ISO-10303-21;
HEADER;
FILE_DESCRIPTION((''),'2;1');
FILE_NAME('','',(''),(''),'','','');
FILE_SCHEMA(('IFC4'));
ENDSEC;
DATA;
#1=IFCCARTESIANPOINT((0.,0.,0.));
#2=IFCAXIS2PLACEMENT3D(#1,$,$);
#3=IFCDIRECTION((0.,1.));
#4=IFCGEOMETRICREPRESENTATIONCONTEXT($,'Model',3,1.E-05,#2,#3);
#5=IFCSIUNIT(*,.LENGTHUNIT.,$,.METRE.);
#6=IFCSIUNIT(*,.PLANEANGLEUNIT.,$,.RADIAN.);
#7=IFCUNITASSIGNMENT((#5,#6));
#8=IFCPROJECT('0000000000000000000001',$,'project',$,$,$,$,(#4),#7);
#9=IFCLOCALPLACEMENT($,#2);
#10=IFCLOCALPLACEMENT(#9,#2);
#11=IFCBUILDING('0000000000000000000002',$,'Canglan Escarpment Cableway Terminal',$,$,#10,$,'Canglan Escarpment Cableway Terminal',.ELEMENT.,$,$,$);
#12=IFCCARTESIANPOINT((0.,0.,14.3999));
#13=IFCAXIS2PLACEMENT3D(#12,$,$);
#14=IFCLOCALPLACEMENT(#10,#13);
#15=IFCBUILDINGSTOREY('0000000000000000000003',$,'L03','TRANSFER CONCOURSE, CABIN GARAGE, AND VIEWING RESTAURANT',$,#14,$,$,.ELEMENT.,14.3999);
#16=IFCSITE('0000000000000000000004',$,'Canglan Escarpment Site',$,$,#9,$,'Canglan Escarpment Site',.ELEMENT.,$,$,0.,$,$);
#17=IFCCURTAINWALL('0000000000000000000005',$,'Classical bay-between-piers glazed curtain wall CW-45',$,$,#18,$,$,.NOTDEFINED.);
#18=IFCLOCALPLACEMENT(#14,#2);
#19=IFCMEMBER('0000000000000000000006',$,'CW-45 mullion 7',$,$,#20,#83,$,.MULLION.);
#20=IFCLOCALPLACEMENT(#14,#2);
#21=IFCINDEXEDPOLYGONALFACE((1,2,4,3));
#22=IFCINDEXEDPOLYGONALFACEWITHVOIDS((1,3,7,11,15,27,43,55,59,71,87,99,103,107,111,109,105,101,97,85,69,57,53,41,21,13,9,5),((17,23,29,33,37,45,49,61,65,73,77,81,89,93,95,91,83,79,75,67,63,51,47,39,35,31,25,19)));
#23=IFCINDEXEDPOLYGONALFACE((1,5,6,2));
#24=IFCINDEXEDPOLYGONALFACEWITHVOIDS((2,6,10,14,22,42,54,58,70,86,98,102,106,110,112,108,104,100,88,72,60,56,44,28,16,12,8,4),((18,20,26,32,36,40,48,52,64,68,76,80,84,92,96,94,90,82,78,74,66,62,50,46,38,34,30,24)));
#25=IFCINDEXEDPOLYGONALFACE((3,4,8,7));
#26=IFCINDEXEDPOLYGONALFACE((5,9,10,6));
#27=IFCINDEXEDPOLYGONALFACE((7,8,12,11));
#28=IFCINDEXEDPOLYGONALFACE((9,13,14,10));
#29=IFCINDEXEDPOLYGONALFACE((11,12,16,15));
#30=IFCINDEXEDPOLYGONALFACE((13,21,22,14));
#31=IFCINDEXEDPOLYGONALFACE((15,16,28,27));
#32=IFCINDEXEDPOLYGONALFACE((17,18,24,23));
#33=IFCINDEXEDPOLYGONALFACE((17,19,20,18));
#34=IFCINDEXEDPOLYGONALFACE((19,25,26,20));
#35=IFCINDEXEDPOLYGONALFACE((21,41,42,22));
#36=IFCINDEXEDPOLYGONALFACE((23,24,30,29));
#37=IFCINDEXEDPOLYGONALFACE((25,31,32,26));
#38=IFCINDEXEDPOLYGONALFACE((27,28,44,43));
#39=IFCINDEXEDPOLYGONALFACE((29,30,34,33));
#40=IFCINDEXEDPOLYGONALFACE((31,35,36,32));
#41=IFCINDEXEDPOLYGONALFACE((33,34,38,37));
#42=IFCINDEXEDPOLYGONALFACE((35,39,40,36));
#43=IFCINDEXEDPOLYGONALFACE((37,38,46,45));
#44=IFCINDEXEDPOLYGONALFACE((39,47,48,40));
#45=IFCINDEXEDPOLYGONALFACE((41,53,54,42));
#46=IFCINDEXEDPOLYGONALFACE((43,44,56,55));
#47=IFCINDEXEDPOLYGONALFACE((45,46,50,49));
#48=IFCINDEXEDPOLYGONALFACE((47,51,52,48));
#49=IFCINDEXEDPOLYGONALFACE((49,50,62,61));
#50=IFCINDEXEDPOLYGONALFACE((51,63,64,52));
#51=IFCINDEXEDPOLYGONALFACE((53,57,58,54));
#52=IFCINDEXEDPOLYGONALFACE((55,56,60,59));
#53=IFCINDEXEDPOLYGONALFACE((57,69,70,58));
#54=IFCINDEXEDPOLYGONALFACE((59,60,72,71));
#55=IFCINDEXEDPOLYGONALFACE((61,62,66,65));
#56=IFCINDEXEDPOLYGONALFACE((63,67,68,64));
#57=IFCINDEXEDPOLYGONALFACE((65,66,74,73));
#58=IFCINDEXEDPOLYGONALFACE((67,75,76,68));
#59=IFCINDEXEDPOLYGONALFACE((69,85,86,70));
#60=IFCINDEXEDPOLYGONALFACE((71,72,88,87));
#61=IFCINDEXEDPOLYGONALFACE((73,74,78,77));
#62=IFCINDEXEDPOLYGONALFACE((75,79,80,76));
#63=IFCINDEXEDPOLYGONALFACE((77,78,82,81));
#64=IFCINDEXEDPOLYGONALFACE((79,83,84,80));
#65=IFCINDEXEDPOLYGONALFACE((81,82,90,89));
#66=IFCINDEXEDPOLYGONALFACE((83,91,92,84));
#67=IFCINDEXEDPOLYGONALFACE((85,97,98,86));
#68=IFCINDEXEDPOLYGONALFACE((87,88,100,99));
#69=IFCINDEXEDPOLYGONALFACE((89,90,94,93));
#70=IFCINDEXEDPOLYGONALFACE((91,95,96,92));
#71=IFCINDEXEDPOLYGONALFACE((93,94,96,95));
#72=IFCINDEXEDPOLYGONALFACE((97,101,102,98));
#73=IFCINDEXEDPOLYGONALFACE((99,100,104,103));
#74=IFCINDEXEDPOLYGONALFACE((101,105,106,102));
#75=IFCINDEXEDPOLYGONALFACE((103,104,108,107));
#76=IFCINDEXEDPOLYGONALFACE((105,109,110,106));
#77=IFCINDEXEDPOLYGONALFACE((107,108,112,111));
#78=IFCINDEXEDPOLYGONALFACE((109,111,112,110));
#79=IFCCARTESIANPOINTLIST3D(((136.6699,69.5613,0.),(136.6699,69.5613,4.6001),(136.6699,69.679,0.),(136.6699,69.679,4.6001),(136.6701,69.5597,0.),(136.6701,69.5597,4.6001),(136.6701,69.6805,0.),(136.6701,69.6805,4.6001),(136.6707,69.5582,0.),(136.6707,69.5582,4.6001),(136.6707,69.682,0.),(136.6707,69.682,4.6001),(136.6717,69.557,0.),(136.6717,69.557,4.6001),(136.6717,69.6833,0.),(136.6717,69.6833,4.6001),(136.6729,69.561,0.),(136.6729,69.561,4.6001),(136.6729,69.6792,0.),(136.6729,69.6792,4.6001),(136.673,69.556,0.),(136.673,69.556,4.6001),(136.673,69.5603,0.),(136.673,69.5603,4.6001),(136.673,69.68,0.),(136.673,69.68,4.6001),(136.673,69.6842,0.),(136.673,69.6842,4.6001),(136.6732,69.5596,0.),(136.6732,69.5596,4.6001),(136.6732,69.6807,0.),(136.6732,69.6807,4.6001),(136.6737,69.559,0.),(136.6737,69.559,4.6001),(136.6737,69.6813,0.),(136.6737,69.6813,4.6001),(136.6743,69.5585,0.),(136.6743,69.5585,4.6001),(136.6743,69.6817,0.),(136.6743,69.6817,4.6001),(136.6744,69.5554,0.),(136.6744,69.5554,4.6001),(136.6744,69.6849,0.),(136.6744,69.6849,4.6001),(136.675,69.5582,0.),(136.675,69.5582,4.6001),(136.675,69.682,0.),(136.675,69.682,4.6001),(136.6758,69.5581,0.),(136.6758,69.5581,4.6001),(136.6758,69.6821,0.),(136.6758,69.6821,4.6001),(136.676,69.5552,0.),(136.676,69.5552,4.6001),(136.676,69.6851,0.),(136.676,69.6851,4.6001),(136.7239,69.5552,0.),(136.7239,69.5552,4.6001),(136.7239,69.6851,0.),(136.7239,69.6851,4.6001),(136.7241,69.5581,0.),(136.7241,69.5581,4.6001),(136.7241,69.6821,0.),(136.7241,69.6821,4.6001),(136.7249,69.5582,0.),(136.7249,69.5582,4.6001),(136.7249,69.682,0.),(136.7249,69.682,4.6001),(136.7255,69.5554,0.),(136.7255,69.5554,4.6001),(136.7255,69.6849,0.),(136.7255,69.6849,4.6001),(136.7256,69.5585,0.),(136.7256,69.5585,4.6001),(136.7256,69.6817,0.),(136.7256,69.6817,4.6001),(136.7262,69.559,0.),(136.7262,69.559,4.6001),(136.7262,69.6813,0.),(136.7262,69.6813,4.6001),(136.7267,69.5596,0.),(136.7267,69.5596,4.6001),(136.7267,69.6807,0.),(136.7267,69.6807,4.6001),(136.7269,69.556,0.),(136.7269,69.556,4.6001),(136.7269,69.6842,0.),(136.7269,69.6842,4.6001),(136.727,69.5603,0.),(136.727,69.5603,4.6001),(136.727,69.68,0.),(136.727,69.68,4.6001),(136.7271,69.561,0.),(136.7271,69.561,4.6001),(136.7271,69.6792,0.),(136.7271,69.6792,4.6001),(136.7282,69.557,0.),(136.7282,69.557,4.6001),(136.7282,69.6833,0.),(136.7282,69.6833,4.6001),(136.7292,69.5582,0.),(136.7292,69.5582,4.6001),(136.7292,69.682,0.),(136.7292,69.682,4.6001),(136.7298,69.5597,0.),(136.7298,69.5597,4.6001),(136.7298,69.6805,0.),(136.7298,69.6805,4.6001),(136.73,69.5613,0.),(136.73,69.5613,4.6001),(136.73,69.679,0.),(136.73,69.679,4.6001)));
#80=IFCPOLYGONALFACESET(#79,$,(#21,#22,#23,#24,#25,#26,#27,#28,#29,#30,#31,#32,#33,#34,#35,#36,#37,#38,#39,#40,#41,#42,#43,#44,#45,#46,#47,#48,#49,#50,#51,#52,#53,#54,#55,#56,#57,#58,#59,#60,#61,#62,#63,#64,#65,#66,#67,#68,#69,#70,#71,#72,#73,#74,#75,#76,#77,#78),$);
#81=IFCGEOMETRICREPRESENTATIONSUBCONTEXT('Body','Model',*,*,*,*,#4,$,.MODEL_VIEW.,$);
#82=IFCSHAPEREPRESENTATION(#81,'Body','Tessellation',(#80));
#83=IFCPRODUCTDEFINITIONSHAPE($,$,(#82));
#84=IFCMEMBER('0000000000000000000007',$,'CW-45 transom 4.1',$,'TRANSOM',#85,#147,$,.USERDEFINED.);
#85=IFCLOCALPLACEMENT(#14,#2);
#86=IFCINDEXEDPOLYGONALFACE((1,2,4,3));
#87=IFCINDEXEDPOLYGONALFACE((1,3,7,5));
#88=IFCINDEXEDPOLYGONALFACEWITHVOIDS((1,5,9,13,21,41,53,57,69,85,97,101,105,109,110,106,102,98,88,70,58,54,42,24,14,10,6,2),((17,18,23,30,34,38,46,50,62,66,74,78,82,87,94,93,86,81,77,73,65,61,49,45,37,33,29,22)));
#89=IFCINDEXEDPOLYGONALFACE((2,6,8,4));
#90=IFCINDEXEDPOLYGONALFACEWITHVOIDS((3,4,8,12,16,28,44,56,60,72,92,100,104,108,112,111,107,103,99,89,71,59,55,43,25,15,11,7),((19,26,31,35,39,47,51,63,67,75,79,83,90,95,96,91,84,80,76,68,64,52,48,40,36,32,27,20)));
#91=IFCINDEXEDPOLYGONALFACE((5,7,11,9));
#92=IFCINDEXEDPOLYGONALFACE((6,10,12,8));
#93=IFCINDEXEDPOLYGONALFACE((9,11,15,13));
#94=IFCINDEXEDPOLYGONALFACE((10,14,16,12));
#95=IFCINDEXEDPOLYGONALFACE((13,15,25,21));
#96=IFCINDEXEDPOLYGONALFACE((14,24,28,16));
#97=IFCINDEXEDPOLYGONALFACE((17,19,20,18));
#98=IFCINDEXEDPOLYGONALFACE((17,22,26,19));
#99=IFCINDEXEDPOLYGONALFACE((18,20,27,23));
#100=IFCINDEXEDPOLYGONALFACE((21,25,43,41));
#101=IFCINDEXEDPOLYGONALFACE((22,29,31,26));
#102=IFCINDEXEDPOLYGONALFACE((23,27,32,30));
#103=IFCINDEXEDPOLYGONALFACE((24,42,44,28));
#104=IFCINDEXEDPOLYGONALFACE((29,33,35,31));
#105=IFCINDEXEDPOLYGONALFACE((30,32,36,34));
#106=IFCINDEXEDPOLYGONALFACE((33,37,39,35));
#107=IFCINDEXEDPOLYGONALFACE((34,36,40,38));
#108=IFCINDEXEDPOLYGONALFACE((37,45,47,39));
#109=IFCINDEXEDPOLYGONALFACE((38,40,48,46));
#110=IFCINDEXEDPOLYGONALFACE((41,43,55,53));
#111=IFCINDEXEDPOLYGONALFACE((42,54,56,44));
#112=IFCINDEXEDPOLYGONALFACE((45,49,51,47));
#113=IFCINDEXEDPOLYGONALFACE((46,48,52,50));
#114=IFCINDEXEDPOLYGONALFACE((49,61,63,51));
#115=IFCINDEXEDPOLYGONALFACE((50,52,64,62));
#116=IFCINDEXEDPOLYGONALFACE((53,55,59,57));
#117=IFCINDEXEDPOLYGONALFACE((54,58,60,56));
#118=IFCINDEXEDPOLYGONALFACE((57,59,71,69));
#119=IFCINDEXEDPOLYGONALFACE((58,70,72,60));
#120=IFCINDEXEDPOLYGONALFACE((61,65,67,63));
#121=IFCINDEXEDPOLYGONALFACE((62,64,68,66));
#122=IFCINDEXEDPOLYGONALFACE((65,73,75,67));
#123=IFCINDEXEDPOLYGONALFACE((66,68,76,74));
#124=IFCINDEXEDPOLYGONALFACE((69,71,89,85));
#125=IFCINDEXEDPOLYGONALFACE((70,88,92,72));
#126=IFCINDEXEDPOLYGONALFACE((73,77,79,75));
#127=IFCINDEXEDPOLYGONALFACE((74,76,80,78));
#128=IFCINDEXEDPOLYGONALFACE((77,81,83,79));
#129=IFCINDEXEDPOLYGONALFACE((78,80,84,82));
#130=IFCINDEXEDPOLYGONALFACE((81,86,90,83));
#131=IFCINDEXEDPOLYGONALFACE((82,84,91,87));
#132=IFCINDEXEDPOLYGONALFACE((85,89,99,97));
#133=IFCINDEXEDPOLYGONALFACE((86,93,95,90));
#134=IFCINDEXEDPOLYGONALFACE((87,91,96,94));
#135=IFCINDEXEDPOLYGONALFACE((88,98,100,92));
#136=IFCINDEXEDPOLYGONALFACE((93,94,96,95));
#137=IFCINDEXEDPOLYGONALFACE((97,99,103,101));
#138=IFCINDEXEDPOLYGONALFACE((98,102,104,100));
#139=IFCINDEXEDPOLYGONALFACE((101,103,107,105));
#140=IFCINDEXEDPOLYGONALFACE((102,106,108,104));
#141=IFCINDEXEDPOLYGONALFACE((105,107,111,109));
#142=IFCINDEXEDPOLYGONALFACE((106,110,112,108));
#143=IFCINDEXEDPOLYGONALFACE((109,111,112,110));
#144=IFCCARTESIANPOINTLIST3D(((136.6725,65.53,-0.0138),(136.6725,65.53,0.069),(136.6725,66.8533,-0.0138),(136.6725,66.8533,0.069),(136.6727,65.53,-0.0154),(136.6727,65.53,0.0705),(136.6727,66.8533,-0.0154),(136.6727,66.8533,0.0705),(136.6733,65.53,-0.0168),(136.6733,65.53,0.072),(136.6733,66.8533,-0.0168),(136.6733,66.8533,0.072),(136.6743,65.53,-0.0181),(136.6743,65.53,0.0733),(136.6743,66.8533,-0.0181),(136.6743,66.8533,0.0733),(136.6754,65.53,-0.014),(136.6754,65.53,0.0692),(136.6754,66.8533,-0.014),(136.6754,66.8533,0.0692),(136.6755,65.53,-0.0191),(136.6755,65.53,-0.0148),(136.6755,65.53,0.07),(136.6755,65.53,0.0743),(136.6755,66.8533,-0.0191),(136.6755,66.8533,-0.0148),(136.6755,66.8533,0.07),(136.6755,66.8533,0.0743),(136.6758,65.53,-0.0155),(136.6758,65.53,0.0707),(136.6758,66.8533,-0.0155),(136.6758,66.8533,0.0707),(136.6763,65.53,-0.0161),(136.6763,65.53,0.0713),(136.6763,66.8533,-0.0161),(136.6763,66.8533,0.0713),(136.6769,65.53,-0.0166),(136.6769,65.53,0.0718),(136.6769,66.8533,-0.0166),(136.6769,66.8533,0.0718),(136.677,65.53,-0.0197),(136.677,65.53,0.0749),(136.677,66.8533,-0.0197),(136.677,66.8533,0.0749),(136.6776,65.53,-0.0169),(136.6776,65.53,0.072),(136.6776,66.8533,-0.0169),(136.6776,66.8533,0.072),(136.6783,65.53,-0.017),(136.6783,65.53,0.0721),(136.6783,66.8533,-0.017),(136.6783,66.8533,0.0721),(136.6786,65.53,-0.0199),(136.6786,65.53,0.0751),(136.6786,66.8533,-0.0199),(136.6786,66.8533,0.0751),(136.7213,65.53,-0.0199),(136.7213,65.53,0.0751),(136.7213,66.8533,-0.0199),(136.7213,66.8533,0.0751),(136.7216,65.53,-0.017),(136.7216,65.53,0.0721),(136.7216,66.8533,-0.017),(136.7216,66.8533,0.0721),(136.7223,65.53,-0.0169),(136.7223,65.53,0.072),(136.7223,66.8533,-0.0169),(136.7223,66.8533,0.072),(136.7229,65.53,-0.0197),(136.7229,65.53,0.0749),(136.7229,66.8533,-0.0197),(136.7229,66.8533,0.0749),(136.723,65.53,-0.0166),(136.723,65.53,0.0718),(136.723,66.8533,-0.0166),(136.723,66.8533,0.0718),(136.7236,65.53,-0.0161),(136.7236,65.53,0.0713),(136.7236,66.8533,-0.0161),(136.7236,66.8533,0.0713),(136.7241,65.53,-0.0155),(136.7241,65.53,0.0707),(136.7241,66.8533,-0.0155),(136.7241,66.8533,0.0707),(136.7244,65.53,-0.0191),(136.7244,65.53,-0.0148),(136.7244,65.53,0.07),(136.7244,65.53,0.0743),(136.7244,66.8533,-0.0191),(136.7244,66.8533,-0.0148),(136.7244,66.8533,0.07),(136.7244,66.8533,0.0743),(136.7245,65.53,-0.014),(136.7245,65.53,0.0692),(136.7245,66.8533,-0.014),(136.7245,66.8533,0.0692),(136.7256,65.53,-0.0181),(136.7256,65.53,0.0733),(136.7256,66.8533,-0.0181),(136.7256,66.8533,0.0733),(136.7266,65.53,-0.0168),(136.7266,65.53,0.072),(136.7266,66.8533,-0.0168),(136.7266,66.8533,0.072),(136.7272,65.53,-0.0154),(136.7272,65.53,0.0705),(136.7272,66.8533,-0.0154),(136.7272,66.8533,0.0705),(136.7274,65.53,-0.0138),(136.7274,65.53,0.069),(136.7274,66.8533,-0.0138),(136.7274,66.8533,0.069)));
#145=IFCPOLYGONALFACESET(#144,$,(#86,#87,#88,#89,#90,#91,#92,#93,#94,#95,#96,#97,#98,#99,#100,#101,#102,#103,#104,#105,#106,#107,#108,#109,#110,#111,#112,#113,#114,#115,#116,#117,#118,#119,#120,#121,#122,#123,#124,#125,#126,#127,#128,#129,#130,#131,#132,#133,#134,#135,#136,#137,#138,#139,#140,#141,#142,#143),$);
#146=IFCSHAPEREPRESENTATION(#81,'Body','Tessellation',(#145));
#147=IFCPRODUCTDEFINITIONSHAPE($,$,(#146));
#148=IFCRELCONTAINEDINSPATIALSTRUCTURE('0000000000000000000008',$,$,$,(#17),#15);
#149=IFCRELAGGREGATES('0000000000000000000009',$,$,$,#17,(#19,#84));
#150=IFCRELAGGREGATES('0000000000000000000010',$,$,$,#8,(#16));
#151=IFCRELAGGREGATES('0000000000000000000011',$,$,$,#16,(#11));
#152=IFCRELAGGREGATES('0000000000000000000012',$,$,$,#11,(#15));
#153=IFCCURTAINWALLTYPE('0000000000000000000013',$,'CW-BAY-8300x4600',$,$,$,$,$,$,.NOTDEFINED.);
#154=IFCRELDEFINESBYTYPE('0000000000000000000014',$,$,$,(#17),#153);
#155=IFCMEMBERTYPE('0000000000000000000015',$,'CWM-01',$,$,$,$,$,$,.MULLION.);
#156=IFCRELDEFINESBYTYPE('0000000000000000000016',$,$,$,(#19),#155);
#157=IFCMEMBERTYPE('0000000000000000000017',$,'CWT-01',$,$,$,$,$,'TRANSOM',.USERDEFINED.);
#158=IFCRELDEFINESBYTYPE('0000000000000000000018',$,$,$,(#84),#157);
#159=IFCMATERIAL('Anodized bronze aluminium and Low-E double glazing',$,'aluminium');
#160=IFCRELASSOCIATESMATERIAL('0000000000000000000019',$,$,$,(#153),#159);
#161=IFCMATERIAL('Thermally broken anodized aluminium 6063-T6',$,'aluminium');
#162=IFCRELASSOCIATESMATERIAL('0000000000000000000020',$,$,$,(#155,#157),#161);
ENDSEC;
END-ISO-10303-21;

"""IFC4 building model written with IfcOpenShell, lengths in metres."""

from ifc_helpers import new_model, si_unit, direction, frame, origin, origin_2d, place, context, subcontext, project, spatial, hollow_rectangle, extrude, material, material_profile, profile_set, type_object, element, aggregate, save


model = new_model("IFC4")

# Units and contexts
model_context = context("Model", 3, precision=1e-05, world=origin(), true_north=direction((0.0, 1.0)))
body_context = subcontext(model_context, "Body", "Model", "MODEL_VIEW")
ifc_project = project(units=[si_unit("LENGTHUNIT", "METRE"), si_unit("PLANEANGLEUNIT", "RADIAN")], contexts=[model_context])

# Site, building, storey
site_placement = place(None, origin())
site = spatial("IfcSite", under=ifc_project, at=site_placement, Name="Canglan Escarpment Site", LongName="Canglan Escarpment Site", CompositionType="ELEMENT", RefElevation=0.0)
building_placement = place(site_placement, origin())
building = spatial("IfcBuilding", under=site, at=building_placement, Name="Canglan Escarpment Cableway Terminal", LongName="Canglan Escarpment Cableway Terminal", CompositionType="ELEMENT")
storey_placement = place(building_placement, frame((0.0, 0.0, 14.3999)))
storey = spatial("IfcBuildingStorey", under=building, at=storey_placement, Name="L03", Description="TRANSFER CONCOURSE, CABIN GARAGE, AND VIEWING RESTAURANT", CompositionType="ELEMENT", Elevation=14.3999)

# Curtain wall, members
ifc_material_1 = material(Name="Anodized bronze aluminium and Low-E double glazing", Category="aluminium")
curtain_wall_type = type_object("IfcCurtainWallType", Name="CW-BAY-8300x4600", PredefinedType="NOTDEFINED", material=ifc_material_1)
curtain_wall_placement = place(storey_placement, origin())
curtain_wall = element("IfcCurtainWall", 1, at=curtain_wall_placement, inside=storey, type_object=curtain_wall_type, Name="Classical bay-between-piers glazed curtain wall CW-45", PredefinedType="NOTDEFINED")
ifc_material_2 = material(Name="Thermally broken anodized aluminium 6063-T6", Category="aluminium")
ifc_material_profile_1 = material_profile(ifc_material_2, hollow_rectangle(XDim=0.0601, YDim=0.1299, WallThickness=0.0029, InnerFilletRadius=0.0029, OuterFilletRadius=0.0061, at=origin_2d()), Name="ALU-MULL 60x130x3")
ifc_profile_set_1 = profile_set([ifc_material_profile_1], Name="Thermally broken anodized aluminium 6063-T6")
member_type_1 = type_object("IfcMemberType", Name="CWM-01", PredefinedType="MULLION", material=ifc_profile_set_1)
member_1_placement = place(storey_placement, frame((136.7, 69.6201, 0.0), z_axis=(0.0, 0.0, 1.0), x_axis=(-1.0, 0.0, 0.0)))
member_1 = element("IfcMember", 2, at=member_1_placement, type_object=member_type_1, Name="CW-45 mullion 7", PredefinedType="MULLION", context=body_context, shape_type="SweptSolid", body=[
    extrude(hollow_rectangle(XDim=0.0601, YDim=0.1299, WallThickness=0.0029, InnerFilletRadius=0.0029, OuterFilletRadius=0.0061, at=origin_2d()), origin(), (0.0, 0.0, 1.0), 4.6001),
])
ifc_material_profile_2 = material_profile(ifc_material_2, hollow_rectangle(XDim=0.0549, YDim=0.095, WallThickness=0.0029, InnerFilletRadius=0.0029, OuterFilletRadius=0.0061, at=origin_2d()), Name="ALU-TRAN 55x95x3")
ifc_profile_set_2 = profile_set([ifc_material_profile_2], Name="Thermally broken anodized aluminium 6063-T6")
member_type_2 = type_object("IfcMemberType", Name="CWT-01", ElementType="TRANSOM", PredefinedType="USERDEFINED", material=ifc_profile_set_2)
member_2_placement = place(storey_placement, frame((136.7, 65.53, 0.0276), z_axis=(0.0, 1.0, 0.0), x_axis=(-1.0, 0.0, 0.0)))
member_2 = element("IfcMember", 3, at=member_2_placement, type_object=member_type_2, Name="CW-45 transom 4.1", ObjectType="TRANSOM", PredefinedType="USERDEFINED", context=body_context, shape_type="SweptSolid", body=[
    extrude(hollow_rectangle(XDim=0.0549, YDim=0.095, WallThickness=0.0029, InnerFilletRadius=0.0029, OuterFilletRadius=0.0061, at=origin_2d()), origin(), (0.0, 0.0, 1.0), 1.3232),
])

aggregate(curtain_wall, [member_1, member_2])

save(model, "model.ifc")
